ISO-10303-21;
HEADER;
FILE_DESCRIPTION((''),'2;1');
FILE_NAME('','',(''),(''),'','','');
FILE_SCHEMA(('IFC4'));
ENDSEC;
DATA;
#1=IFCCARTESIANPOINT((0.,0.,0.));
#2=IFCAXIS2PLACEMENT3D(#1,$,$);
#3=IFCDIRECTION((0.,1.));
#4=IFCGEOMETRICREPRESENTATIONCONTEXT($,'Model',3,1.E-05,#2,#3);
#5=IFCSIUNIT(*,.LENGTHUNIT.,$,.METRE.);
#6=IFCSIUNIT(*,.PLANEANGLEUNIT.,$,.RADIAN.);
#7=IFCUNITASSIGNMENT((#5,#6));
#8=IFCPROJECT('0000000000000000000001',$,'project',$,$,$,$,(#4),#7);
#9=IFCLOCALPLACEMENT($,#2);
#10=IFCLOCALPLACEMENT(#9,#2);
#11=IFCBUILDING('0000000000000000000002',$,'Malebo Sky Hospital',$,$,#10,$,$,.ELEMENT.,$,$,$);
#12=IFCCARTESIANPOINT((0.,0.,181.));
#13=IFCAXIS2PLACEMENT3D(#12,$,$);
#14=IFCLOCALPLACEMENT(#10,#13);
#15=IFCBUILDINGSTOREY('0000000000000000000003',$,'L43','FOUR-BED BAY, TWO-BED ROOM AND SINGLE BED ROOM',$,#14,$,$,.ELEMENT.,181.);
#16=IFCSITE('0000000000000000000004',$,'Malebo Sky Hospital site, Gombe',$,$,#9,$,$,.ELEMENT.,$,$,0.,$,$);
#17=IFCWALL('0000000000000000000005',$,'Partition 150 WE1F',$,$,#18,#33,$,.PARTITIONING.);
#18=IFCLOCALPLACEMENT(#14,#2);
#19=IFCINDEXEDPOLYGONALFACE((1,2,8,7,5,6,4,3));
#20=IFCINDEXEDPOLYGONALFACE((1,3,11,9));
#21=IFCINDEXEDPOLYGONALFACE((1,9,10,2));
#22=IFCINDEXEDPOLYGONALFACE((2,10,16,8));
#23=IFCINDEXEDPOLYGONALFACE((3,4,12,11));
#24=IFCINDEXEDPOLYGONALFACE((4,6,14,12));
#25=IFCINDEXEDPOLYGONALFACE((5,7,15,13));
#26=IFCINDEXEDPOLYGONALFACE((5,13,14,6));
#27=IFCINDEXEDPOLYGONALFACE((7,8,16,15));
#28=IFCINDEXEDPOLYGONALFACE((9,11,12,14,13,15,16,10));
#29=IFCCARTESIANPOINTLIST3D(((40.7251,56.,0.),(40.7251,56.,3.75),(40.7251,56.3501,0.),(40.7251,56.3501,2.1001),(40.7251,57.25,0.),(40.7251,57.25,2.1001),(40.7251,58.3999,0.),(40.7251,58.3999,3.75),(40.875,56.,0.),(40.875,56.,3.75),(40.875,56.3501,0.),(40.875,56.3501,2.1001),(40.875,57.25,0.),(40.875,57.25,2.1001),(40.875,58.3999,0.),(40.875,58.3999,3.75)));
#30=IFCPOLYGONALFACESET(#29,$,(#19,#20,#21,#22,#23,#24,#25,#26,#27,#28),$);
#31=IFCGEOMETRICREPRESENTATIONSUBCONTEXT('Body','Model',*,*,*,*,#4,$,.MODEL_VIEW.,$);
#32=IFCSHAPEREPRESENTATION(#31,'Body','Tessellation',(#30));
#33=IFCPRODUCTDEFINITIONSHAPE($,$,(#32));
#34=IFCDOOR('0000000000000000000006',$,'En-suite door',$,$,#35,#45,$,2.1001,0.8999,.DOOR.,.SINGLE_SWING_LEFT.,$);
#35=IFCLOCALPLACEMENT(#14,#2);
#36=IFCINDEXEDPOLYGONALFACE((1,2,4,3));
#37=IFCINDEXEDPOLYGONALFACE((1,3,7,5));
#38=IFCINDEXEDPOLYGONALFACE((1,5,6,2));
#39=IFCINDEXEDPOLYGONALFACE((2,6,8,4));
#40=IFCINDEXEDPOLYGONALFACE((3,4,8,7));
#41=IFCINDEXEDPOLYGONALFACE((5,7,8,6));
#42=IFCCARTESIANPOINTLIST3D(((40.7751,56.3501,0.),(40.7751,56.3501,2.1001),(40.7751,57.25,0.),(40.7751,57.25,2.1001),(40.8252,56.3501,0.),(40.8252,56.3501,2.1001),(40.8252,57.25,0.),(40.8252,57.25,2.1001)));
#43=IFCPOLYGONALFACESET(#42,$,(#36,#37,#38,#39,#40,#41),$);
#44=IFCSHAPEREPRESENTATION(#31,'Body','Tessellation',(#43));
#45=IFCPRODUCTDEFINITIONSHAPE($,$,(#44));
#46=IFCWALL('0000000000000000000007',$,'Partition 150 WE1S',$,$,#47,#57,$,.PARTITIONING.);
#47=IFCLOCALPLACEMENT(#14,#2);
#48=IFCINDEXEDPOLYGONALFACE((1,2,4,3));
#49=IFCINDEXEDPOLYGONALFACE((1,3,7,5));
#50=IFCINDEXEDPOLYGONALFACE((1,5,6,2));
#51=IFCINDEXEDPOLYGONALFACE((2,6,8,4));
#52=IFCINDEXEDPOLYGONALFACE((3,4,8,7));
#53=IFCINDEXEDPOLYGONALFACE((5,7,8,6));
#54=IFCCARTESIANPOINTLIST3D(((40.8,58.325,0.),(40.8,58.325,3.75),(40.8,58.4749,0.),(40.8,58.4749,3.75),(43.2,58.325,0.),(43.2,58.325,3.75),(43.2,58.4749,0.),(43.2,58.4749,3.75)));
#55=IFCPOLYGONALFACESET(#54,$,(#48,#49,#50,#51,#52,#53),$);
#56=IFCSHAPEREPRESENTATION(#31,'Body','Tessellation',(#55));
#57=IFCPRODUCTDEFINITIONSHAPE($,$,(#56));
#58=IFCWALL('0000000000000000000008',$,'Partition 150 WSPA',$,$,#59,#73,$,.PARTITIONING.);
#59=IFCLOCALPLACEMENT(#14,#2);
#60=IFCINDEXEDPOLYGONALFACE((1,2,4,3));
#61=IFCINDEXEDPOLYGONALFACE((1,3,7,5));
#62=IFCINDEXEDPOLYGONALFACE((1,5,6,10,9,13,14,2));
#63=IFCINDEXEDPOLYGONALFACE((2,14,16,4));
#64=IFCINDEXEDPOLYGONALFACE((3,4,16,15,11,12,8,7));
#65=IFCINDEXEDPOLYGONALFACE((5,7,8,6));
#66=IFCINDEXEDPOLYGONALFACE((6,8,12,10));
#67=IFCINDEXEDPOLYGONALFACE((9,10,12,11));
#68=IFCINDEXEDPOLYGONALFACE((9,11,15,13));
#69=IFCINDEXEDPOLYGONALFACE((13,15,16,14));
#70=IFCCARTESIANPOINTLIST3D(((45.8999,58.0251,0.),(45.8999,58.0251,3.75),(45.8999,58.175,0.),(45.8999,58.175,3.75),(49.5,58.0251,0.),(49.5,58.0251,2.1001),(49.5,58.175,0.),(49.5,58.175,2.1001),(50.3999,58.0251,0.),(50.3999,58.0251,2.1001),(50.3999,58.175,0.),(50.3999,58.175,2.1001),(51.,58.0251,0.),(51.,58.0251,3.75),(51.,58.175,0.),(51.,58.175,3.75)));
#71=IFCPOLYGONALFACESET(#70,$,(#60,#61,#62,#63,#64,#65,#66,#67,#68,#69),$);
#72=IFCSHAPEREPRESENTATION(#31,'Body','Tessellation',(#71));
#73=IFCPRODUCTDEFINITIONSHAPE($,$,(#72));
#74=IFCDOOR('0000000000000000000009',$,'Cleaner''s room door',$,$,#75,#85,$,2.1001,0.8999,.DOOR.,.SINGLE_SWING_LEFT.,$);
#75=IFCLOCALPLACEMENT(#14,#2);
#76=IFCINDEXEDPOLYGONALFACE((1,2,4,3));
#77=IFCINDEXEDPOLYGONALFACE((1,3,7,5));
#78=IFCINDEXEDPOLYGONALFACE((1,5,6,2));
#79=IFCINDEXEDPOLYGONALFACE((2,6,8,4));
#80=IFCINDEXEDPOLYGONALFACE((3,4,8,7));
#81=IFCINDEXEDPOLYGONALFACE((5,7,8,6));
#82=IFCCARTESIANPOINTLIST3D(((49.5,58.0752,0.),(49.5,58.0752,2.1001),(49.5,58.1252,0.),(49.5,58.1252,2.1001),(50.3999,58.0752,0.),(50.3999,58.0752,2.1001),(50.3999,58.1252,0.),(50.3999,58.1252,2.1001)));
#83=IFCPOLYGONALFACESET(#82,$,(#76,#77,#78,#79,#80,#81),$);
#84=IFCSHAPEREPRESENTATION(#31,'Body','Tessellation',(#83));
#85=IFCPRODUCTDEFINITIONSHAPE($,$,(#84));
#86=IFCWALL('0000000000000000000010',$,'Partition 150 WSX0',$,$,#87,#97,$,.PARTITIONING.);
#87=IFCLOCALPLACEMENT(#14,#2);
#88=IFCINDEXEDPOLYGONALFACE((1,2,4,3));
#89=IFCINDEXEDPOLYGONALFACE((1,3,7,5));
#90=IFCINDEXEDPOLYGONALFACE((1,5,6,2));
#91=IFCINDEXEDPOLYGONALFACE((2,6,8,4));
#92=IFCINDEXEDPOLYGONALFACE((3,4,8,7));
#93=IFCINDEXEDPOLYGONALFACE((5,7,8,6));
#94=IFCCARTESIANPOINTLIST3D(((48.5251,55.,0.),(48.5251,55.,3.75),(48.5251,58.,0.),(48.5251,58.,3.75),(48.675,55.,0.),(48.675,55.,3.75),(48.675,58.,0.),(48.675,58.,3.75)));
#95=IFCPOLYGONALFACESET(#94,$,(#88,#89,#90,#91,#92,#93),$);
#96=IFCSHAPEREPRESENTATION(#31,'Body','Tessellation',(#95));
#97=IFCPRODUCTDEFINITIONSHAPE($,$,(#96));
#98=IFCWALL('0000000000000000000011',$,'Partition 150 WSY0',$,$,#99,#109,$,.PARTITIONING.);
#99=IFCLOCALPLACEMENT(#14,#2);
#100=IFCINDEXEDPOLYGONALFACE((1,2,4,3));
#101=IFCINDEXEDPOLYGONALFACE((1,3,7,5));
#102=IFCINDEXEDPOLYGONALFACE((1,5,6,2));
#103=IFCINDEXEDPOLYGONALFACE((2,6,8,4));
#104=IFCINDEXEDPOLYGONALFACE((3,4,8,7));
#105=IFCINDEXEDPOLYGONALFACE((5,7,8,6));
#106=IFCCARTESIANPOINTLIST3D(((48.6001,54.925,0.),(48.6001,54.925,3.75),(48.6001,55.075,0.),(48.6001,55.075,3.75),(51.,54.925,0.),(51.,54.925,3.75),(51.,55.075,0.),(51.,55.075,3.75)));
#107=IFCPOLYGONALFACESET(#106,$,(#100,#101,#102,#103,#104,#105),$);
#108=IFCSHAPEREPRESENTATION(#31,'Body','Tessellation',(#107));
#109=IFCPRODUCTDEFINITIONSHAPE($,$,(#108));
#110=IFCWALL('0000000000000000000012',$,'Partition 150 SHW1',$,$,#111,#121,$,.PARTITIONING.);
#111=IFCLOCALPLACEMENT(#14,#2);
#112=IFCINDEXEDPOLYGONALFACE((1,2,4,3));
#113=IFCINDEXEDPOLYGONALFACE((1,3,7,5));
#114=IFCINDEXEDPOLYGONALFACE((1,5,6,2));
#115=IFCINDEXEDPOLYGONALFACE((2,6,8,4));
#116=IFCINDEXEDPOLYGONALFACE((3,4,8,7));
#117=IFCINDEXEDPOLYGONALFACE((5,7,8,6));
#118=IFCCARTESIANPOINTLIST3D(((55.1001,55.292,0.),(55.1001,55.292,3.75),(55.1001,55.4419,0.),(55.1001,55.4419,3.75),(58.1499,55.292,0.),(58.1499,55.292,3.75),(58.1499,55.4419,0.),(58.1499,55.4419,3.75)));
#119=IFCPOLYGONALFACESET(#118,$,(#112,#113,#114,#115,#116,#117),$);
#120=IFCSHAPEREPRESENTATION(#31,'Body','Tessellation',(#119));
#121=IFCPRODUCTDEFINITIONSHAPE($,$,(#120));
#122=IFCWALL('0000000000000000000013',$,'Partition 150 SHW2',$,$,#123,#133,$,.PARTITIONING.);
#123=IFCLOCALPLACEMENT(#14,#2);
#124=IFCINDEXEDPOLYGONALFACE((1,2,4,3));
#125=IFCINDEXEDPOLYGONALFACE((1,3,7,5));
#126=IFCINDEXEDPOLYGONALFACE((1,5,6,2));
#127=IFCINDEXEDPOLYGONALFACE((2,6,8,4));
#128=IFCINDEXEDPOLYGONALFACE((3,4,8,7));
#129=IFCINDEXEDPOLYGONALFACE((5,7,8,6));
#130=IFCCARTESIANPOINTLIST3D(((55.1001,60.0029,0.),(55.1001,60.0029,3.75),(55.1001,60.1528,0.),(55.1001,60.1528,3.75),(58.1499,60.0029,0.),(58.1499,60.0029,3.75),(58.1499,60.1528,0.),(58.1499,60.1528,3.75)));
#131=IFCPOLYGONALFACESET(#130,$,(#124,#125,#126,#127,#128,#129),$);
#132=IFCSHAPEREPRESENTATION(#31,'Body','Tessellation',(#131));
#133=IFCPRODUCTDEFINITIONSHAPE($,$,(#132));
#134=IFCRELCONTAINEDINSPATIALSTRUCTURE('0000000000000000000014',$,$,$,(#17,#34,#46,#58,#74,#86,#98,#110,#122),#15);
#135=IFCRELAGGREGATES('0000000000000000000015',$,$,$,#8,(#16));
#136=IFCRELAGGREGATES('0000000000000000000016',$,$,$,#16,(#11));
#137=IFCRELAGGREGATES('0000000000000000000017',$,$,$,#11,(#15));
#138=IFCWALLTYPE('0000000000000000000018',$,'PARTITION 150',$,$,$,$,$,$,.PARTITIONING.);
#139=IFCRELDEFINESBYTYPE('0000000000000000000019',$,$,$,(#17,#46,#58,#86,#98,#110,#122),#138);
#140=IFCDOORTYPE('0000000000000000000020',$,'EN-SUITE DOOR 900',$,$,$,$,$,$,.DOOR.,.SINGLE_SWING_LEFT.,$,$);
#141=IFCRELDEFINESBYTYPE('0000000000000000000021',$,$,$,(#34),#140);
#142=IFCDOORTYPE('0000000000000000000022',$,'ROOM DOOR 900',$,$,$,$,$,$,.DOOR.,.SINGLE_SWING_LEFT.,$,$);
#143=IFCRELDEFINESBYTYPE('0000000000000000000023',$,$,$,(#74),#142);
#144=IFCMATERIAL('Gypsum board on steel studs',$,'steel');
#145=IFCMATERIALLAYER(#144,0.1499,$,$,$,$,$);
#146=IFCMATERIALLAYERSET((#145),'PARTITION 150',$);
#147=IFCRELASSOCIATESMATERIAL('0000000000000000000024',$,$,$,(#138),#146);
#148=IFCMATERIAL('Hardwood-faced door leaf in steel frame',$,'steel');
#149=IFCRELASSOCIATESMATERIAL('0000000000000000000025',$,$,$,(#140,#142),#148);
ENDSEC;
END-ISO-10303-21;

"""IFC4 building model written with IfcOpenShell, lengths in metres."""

from ifc_helpers import new_model, si_unit, direction, frame, frame_2d, origin, place, context, subcontext, project, spatial, rectangle, extrude, material, layer, layer_set, type_object, element, fill, save


model = new_model("IFC4")

# Units and contexts
model_context = context("Model", 3, precision=1e-05, world=origin(), true_north=direction((0.0, 1.0)))
body_context = subcontext(model_context, "Body", "Model", "MODEL_VIEW")
ifc_project = project(units=[si_unit("LENGTHUNIT", "METRE"), si_unit("PLANEANGLEUNIT", "RADIAN")], contexts=[model_context])

# Site, building, storey
site_placement = place(None, origin())
site = spatial("IfcSite", under=ifc_project, at=site_placement, Name="Malebo Sky Hospital site, Gombe", CompositionType="ELEMENT", RefElevation=0.0)
building_placement = place(site_placement, origin())
building = spatial("IfcBuilding", under=site, at=building_placement, Name="Malebo Sky Hospital", CompositionType="ELEMENT")
storey_placement = place(building_placement, frame((0.0, 0.0, 181.0)))
storey = spatial("IfcBuildingStorey", under=building, at=storey_placement, Name="L43", Description="FOUR-BED BAY, TWO-BED ROOM AND SINGLE BED ROOM", CompositionType="ELEMENT", Elevation=181.0)

# Shared definitions
ifc_material_1 = material(Name="Gypsum board on steel studs", Category="steel")
ifc_layer_1 = layer(ifc_material_1, 0.1499)
ifc_layer_set_1 = layer_set([ifc_layer_1], Name="PARTITION 150")
wall_type_1 = type_object("IfcWallType", Name="PARTITION 150", PredefinedType="PARTITIONING", material=ifc_layer_set_1)

# Wall, opening, door
wall_1_placement = place(storey_placement, frame((40.8, 56.0, 0.0), z_axis=(0.0, 0.0, 1.0), x_axis=(0.0, 1.0, 0.0)))
wall_1 = element("IfcWall", 1, at=wall_1_placement, inside=storey, type_object=wall_type_1, Name="Partition 150 WE1F", PredefinedType="PARTITIONING", context=body_context, shape_type="SweptSolid", body=[
    extrude(rectangle(XDim=2.3999, YDim=0.1499, at=frame_2d((1.2, 0.0))), origin(), (0.0, 0.0, 1.0), 3.75),
])
opening_1_placement = place(wall_1_placement, frame((0.3501, 0.0, 0.0)))
opening_1 = element("IfcOpeningElement", 2, at=opening_1_placement, cuts=wall_1, PredefinedType="OPENING", context=body_context, shape_type="SweptSolid", body=[
    extrude(rectangle(XDim=0.8999, YDim=2.1001, at=frame_2d((0.45, 1.05))), frame((0.0, 0.085, 0.0), z_axis=(0.0, -1.0, 0.0), x_axis=(1.0, 0.0, 0.0)), (0.0, 0.0, 1.0), 0.1699),
])
ifc_material_2 = material(Name="Hardwood-faced door leaf in steel frame", Category="steel")
door_type_1 = type_object("IfcDoorType", Name="EN-SUITE DOOR 900", OperationType="SINGLE_SWING_LEFT", PredefinedType="DOOR", material=ifc_material_2)
door_1_placement = place(opening_1_placement, origin())
door_1 = element("IfcDoor", 3, at=door_1_placement, inside=storey, type_object=door_type_1, Name="En-suite door", OperationType="SINGLE_SWING_LEFT", OverallHeight=2.1001, OverallWidth=0.8999, PredefinedType="DOOR", context=body_context, shape_type="SweptSolid", body=[
    extrude(rectangle(XDim=0.8999, YDim=2.1001, at=frame_2d((0.45, 1.05))), frame((0.0, 0.0249, 0.0), z_axis=(0.0, -1.0, 0.0), x_axis=(1.0, 0.0, 0.0)), (0.0, 0.0, 1.0), 0.05),
])
fill(opening_1, door_1)

# Wall
wall_2_placement = place(storey_placement, frame((43.2, 58.3999, 0.0), z_axis=(0.0, 0.0, 1.0), x_axis=(-1.0, 0.0, 0.0)))
element("IfcWall", 4, at=wall_2_placement, inside=storey, type_object=wall_type_1, Name="Partition 150 WE1S", PredefinedType="PARTITIONING", context=body_context, shape_type="SweptSolid", body=[
    extrude(rectangle(XDim=2.3999, YDim=0.1499, at=frame_2d((1.2, 0.0))), origin(), (0.0, 0.0, 1.0), 3.75),
])

# Wall, opening, door
wall_3_placement = place(storey_placement, frame((51.0, 58.1001, 0.0), z_axis=(0.0, 0.0, 1.0), x_axis=(-1.0, 0.0, 0.0)))
wall_3 = element("IfcWall", 5, at=wall_3_placement, inside=storey, type_object=wall_type_1, Name="Partition 150 WSPA", PredefinedType="PARTITIONING", context=body_context, shape_type="SweptSolid", body=[
    extrude(rectangle(XDim=5.1001, YDim=0.1499, at=frame_2d((2.55, 0.0))), origin(), (0.0, 0.0, 1.0), 3.75),
])
opening_2_placement = place(wall_3_placement, frame((0.6001, 0.0, 0.0)))
opening_2 = element("IfcOpeningElement", 6, at=opening_2_placement, cuts=wall_3, PredefinedType="OPENING", context=body_context, shape_type="SweptSolid", body=[
    extrude(rectangle(XDim=0.8999, YDim=2.1001, at=frame_2d((0.45, 1.05))), frame((0.0, 0.085, 0.0), z_axis=(0.0, -1.0, 0.0), x_axis=(1.0, 0.0, 0.0)), (0.0, 0.0, 1.0), 0.1699),
])
door_type_2 = type_object("IfcDoorType", Name="ROOM DOOR 900", OperationType="SINGLE_SWING_LEFT", PredefinedType="DOOR", material=ifc_material_2)
door_2_placement = place(opening_2_placement, origin())
door_2 = element("IfcDoor", 7, at=door_2_placement, inside=storey, type_object=door_type_2, Name="Cleaner's room door", OperationType="SINGLE_SWING_LEFT", OverallHeight=2.1001, OverallWidth=0.8999, PredefinedType="DOOR", context=body_context, shape_type="SweptSolid", body=[
    extrude(rectangle(XDim=0.8999, YDim=2.1001, at=frame_2d((0.45, 1.05))), frame((0.0, 0.0249, 0.0), z_axis=(0.0, -1.0, 0.0), x_axis=(1.0, 0.0, 0.0)), (0.0, 0.0, 1.0), 0.05),
])
fill(opening_2, door_2)

# Walls
wall_4_placement = place(storey_placement, frame((48.6001, 55.0, 0.0), z_axis=(0.0, 0.0, 1.0), x_axis=(0.0, 1.0, 0.0)))
element("IfcWall", 8, at=wall_4_placement, inside=storey, type_object=wall_type_1, Name="Partition 150 WSX0", PredefinedType="PARTITIONING", context=body_context, shape_type="SweptSolid", body=[
    extrude(rectangle(XDim=3.0, YDim=0.1499, at=frame_2d((1.5, 0.0))), origin(), (0.0, 0.0, 1.0), 3.75),
])
wall_5_placement = place(storey_placement, frame((51.0, 55.0, 0.0), z_axis=(0.0, 0.0, 1.0), x_axis=(-1.0, 0.0, 0.0)))
element("IfcWall", 9, at=wall_5_placement, inside=storey, type_object=wall_type_1, Name="Partition 150 WSY0", PredefinedType="PARTITIONING", context=body_context, shape_type="SweptSolid", body=[
    extrude(rectangle(XDim=2.3999, YDim=0.1499, at=frame_2d((1.2, 0.0))), origin(), (0.0, 0.0, 1.0), 3.75),
])
for number, where, z_axis, x_axis, name in (
    (10, (55.1001, 55.3669, 0.0), (0.0, 0.0, 1.0), (1.0, 0.0, 0.0), "Partition 150 SHW1"),
    (11, (55.1001, 60.0779, 0.0), (0.0, 0.0, 1.0), (1.0, 0.0, 0.0), "Partition 150 SHW2"),
):
    element("IfcWall", number, at=place(storey_placement, frame(where, z_axis=z_axis, x_axis=x_axis)), inside=storey, type_object=wall_type_1, Name=name, PredefinedType="PARTITIONING", context=body_context, shape_type="SweptSolid", body=[
        extrude(rectangle(XDim=3.0498, YDim=0.1499, at=frame_2d((1.5249, 0.0))), origin(), (0.0, 0.0, 1.0), 3.75),
    ])

save(model, "model.ifc")
